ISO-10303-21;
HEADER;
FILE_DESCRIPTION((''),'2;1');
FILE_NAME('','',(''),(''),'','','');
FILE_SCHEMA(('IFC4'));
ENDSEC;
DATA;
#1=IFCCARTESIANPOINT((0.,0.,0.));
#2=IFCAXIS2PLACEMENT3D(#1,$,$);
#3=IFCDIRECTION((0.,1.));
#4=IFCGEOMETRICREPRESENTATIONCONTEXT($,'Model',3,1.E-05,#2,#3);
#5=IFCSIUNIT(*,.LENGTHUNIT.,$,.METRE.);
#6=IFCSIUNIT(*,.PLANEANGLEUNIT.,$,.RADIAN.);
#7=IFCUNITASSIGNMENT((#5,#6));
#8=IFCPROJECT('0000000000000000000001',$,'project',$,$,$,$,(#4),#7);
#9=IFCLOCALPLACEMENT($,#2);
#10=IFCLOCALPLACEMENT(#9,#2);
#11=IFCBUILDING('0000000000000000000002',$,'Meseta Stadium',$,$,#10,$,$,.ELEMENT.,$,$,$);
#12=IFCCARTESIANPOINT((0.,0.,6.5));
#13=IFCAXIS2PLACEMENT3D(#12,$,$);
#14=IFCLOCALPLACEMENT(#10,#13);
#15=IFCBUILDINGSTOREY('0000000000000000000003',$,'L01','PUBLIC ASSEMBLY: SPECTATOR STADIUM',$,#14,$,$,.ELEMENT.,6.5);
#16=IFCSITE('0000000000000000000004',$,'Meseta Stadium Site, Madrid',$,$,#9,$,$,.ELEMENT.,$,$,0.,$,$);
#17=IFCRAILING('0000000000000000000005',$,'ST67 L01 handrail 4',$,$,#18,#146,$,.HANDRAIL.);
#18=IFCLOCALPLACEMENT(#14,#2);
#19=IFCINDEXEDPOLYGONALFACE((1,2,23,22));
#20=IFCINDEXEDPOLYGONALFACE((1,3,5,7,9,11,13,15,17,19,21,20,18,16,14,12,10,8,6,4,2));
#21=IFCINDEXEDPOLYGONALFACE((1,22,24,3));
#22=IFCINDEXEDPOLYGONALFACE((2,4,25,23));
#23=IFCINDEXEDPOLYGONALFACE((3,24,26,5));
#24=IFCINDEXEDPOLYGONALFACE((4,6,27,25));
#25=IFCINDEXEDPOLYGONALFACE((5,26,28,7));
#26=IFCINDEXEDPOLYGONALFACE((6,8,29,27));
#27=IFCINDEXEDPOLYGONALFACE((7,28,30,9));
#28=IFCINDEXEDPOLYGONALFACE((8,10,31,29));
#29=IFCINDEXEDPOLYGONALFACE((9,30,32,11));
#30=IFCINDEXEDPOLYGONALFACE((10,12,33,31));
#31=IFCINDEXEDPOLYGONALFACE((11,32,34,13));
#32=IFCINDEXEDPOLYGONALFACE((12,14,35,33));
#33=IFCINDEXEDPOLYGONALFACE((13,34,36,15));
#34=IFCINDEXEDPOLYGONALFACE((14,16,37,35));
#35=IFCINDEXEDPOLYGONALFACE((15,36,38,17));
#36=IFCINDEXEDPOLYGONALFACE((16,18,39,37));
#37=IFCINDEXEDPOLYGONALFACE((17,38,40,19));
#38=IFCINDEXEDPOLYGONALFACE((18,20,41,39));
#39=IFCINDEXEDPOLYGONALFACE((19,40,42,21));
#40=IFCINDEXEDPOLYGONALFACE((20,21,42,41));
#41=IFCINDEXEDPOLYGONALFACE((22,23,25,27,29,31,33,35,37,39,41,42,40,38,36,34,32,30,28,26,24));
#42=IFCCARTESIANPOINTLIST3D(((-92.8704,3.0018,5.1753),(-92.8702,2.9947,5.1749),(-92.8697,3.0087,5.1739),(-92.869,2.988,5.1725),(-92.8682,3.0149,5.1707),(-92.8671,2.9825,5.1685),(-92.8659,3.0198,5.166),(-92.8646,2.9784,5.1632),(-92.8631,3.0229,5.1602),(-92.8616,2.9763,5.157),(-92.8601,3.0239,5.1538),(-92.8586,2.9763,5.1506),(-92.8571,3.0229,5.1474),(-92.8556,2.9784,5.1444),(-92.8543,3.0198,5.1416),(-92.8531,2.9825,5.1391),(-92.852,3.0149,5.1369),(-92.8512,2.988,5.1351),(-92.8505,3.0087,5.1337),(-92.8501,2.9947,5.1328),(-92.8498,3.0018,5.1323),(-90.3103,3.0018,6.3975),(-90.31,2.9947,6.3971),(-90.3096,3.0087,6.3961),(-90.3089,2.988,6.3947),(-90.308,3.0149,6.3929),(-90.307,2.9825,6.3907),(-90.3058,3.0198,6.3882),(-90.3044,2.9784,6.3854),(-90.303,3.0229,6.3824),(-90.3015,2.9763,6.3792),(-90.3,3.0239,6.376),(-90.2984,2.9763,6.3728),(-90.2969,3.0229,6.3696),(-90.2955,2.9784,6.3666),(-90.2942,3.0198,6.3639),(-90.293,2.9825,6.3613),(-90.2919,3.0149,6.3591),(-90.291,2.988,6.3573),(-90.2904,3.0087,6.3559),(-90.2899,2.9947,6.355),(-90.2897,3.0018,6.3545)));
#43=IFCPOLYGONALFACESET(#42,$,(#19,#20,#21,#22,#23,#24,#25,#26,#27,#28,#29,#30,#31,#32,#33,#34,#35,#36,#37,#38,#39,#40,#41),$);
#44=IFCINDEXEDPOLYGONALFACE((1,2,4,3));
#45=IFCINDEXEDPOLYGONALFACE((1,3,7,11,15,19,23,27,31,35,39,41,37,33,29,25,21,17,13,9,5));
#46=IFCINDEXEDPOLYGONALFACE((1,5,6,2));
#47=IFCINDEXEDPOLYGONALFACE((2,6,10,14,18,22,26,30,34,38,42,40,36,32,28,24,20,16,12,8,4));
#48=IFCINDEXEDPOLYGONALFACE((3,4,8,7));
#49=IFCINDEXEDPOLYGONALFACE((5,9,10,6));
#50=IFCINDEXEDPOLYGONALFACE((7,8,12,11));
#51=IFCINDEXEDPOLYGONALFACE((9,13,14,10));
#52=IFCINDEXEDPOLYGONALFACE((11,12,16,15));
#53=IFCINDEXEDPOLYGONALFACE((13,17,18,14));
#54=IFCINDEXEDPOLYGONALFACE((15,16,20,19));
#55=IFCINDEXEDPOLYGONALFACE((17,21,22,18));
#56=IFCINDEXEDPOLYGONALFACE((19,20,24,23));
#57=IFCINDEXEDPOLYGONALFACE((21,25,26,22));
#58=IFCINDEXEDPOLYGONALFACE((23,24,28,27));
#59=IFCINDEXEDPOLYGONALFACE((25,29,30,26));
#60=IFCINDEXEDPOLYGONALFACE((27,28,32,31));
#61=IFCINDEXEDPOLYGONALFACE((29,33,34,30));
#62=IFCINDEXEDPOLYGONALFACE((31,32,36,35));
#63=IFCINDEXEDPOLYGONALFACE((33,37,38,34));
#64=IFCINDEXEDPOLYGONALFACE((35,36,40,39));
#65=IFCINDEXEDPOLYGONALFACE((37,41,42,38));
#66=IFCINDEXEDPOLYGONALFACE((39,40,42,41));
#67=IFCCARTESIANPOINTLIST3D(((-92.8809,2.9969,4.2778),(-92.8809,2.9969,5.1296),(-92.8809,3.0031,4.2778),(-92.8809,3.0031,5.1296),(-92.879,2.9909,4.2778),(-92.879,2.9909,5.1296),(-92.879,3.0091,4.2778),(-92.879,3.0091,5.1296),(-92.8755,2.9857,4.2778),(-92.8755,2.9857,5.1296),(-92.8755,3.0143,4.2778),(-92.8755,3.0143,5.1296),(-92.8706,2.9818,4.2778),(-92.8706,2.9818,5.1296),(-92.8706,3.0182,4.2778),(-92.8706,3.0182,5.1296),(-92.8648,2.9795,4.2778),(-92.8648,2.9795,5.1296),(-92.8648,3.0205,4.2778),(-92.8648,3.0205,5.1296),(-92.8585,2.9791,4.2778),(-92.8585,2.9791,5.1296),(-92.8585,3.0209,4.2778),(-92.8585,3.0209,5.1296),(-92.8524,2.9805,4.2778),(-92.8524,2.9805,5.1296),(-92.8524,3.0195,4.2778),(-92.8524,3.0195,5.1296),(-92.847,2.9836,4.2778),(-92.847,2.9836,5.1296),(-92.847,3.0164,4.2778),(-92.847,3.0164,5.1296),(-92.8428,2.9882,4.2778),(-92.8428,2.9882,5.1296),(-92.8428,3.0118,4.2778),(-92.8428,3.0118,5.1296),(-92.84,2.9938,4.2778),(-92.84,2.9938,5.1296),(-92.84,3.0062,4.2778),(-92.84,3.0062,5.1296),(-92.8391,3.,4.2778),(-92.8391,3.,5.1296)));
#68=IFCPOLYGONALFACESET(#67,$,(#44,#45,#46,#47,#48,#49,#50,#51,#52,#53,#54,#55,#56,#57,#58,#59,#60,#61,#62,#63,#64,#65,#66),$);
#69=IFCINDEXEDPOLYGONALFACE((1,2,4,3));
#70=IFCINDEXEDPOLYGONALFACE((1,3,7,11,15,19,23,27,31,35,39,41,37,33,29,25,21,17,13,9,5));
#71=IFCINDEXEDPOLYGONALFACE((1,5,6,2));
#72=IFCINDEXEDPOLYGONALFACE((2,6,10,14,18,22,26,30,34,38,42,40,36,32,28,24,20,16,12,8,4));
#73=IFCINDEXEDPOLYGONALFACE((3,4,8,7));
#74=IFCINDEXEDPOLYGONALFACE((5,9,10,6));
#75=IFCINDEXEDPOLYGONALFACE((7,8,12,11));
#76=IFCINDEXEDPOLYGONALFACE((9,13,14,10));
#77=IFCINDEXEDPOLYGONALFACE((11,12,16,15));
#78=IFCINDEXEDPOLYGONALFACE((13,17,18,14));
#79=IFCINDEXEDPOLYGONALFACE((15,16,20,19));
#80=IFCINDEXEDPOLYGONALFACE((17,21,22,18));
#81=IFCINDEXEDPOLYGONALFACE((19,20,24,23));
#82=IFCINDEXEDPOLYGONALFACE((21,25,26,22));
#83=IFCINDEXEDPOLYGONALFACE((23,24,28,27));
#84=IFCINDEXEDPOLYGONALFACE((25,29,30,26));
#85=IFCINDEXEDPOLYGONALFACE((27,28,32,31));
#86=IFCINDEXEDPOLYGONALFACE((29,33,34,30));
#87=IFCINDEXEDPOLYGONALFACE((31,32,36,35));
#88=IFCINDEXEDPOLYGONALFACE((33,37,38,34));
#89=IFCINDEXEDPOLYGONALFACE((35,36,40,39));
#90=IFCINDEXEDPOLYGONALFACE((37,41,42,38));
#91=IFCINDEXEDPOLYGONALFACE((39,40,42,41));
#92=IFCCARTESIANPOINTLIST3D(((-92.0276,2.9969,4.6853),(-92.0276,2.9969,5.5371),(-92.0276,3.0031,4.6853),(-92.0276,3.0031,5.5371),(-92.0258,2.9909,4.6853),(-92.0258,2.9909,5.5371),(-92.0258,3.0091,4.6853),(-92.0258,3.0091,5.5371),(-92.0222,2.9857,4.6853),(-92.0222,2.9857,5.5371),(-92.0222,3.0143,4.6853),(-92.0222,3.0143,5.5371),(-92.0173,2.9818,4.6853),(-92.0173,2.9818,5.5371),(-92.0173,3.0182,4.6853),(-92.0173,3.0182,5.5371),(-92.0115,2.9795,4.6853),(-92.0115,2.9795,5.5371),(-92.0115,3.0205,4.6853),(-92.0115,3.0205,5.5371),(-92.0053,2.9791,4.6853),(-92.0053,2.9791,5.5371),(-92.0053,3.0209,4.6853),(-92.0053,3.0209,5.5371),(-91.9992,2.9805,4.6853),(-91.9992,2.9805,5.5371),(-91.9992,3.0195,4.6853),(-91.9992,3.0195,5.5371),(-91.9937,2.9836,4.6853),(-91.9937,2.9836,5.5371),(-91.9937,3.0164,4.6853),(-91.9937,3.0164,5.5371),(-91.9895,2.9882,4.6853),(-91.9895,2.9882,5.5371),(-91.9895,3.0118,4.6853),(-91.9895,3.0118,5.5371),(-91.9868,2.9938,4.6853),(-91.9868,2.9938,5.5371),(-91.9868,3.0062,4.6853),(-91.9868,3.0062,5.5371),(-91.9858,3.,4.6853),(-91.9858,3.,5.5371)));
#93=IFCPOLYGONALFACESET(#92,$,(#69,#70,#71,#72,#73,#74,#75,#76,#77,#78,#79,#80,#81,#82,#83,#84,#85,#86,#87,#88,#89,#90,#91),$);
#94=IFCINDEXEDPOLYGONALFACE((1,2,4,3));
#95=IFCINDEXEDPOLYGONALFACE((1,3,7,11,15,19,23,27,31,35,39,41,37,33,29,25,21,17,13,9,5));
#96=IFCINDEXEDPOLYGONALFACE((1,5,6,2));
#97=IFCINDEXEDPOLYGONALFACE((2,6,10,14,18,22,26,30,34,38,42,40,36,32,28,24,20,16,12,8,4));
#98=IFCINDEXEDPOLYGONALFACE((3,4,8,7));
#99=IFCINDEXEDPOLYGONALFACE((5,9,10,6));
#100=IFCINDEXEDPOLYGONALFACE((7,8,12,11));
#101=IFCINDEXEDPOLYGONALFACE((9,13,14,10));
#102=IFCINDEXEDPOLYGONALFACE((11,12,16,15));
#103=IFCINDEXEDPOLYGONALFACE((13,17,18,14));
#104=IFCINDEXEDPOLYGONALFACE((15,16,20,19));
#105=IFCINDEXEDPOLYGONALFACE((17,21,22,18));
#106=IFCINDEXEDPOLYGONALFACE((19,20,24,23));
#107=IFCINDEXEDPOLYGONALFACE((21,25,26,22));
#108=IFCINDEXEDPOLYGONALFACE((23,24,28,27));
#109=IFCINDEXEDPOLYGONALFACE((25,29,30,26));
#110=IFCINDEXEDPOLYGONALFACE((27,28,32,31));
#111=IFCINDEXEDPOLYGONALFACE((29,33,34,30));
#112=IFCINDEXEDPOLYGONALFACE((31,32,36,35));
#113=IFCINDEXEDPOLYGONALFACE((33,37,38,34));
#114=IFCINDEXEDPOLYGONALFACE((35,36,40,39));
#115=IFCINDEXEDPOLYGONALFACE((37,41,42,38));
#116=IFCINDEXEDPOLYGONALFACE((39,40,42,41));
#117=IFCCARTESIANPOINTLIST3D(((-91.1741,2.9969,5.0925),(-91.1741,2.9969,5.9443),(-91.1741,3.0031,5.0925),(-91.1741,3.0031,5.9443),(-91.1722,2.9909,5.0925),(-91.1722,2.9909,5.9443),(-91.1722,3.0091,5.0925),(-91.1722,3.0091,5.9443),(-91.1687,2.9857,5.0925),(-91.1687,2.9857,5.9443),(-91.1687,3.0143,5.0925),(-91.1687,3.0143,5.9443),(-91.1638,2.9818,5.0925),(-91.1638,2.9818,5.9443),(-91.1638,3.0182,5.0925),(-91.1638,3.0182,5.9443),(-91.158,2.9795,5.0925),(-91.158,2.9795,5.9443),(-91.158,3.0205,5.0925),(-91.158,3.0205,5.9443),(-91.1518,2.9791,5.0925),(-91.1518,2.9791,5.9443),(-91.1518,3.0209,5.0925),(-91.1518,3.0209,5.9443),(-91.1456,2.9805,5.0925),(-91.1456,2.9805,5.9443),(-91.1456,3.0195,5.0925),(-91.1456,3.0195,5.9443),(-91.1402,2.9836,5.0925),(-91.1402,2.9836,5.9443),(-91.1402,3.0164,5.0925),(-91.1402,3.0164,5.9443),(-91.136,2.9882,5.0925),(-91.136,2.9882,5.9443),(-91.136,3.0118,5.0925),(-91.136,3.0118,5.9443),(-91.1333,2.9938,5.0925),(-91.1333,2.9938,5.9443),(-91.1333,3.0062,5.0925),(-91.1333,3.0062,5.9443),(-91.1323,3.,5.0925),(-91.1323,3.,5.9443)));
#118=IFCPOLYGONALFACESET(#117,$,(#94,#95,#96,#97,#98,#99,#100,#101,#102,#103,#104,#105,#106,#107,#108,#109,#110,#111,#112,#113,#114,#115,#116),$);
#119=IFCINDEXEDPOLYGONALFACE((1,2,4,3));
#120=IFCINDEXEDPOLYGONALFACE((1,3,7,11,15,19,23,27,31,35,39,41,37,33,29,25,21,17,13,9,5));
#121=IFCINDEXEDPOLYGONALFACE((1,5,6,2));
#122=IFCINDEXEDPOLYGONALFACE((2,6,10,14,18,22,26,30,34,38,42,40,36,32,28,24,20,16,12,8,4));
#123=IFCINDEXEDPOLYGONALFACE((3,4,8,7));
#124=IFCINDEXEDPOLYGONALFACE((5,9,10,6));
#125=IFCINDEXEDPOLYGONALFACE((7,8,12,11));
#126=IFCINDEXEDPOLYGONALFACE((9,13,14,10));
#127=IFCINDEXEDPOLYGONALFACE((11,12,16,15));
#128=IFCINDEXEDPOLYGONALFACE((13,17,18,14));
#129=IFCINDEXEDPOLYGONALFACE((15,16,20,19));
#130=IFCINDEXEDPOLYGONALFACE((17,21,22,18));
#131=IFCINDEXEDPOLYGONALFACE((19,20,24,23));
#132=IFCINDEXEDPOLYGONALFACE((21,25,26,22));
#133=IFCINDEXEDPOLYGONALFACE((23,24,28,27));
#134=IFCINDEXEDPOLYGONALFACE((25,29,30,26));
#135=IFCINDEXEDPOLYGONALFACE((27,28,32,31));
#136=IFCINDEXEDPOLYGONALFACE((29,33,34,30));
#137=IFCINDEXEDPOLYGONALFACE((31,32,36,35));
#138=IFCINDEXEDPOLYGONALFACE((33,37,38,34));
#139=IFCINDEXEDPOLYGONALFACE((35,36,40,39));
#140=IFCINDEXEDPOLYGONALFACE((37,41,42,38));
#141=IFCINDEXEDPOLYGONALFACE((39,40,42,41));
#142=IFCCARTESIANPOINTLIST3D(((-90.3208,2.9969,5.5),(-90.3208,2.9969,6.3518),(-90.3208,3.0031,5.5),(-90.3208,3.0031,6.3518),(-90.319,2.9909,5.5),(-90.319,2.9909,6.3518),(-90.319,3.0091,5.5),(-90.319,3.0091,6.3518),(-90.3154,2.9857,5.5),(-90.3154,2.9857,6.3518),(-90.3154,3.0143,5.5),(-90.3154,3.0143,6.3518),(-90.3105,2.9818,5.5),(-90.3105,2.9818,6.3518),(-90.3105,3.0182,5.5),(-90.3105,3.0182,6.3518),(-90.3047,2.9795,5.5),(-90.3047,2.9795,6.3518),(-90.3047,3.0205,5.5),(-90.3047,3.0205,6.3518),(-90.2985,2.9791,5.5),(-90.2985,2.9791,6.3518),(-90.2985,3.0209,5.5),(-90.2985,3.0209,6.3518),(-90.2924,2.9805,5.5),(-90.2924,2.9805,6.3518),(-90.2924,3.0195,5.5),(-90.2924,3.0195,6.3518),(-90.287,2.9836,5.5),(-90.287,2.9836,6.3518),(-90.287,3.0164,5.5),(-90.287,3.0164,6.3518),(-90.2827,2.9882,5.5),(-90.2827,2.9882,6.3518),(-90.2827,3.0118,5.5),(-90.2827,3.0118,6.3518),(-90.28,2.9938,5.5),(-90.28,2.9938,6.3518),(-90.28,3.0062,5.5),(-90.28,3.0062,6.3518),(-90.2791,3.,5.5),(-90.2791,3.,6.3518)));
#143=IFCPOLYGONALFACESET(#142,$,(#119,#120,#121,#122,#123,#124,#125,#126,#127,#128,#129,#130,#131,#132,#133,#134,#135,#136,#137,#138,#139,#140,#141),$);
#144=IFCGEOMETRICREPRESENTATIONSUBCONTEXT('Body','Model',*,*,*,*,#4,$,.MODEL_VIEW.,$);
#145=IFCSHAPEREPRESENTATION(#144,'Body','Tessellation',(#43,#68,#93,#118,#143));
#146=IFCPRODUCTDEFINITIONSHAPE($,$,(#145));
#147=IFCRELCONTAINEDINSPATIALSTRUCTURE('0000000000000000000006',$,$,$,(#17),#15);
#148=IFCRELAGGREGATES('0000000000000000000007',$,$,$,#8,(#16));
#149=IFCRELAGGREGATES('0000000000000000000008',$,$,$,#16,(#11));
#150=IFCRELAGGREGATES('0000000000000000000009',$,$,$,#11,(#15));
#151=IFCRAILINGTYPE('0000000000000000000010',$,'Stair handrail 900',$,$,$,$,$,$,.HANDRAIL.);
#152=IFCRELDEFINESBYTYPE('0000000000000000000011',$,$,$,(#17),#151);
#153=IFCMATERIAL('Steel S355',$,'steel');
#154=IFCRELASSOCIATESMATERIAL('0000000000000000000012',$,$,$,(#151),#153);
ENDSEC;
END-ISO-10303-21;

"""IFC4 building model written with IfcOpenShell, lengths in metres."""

from ifc_helpers import new_model, si_unit, direction, frame, origin, origin_2d, place, context, subcontext, project, spatial, circle, extrude, material, type_object, element, save


model = new_model("IFC4")

# Units and contexts
model_context = context("Model", 3, precision=1e-05, world=origin(), true_north=direction((0.0, 1.0)))
body_context = subcontext(model_context, "Body", "Model", "MODEL_VIEW")
ifc_project = project(units=[si_unit("LENGTHUNIT", "METRE"), si_unit("PLANEANGLEUNIT", "RADIAN")], contexts=[model_context])

# Site, building, storey
site_placement = place(None, origin())
site = spatial("IfcSite", under=ifc_project, at=site_placement, Name="Meseta Stadium Site, Madrid", CompositionType="ELEMENT", RefElevation=0.0)
building_placement = place(site_placement, origin())
building = spatial("IfcBuilding", under=site, at=building_placement, Name="Meseta Stadium", CompositionType="ELEMENT")
storey_placement = place(building_placement, frame((0.0, 0.0, 6.5)))
storey = spatial("IfcBuildingStorey", under=building, at=storey_placement, Name="L01", Description="PUBLIC ASSEMBLY: SPECTATOR STADIUM", CompositionType="ELEMENT", Elevation=6.5)

# Railing
ifc_material_1 = material(Name="Steel S355", Category="steel")
railing_type_1 = type_object("IfcRailingType", Name="Stair handrail 900", PredefinedType="HANDRAIL", material=ifc_material_1)
for number, where, name in (
    (1, (-92.8601, 3.0, 4.2778), "ST67 L01 handrail 4"),
):
    element("IfcRailing", number, at=place(storey_placement, frame(where)), inside=storey, type_object=railing_type_1, Name=name, PredefinedType="HANDRAIL", context=body_context, shape_type="SweptSolid", body=[
        extrude(circle(Radius=0.0239, at=origin_2d()), frame((0.0, 0.0, 0.876), z_axis=(0.902437, 0.0, 0.430822), x_axis=(0.0, 1.0, 0.0)), (0.0, 0.0, 1.0), 2.8369),
        extrude(circle(Radius=0.021, at=origin_2d()), origin(), (0.0, 0.0, 1.0), 0.8518),
        extrude(circle(Radius=0.021, at=origin_2d()), frame((0.8533, 0.0, 0.4075)), (0.0, 0.0, 1.0), 0.8518),
        extrude(circle(Radius=0.021, at=origin_2d()), frame((1.7068, 0.0, 0.8147)), (0.0, 0.0, 1.0), 0.8518),
        extrude(circle(Radius=0.021, at=origin_2d()), frame((2.5601, 0.0, 1.2222)), (0.0, 0.0, 1.0), 0.8518),
    ])

save(model, "model.ifc")
